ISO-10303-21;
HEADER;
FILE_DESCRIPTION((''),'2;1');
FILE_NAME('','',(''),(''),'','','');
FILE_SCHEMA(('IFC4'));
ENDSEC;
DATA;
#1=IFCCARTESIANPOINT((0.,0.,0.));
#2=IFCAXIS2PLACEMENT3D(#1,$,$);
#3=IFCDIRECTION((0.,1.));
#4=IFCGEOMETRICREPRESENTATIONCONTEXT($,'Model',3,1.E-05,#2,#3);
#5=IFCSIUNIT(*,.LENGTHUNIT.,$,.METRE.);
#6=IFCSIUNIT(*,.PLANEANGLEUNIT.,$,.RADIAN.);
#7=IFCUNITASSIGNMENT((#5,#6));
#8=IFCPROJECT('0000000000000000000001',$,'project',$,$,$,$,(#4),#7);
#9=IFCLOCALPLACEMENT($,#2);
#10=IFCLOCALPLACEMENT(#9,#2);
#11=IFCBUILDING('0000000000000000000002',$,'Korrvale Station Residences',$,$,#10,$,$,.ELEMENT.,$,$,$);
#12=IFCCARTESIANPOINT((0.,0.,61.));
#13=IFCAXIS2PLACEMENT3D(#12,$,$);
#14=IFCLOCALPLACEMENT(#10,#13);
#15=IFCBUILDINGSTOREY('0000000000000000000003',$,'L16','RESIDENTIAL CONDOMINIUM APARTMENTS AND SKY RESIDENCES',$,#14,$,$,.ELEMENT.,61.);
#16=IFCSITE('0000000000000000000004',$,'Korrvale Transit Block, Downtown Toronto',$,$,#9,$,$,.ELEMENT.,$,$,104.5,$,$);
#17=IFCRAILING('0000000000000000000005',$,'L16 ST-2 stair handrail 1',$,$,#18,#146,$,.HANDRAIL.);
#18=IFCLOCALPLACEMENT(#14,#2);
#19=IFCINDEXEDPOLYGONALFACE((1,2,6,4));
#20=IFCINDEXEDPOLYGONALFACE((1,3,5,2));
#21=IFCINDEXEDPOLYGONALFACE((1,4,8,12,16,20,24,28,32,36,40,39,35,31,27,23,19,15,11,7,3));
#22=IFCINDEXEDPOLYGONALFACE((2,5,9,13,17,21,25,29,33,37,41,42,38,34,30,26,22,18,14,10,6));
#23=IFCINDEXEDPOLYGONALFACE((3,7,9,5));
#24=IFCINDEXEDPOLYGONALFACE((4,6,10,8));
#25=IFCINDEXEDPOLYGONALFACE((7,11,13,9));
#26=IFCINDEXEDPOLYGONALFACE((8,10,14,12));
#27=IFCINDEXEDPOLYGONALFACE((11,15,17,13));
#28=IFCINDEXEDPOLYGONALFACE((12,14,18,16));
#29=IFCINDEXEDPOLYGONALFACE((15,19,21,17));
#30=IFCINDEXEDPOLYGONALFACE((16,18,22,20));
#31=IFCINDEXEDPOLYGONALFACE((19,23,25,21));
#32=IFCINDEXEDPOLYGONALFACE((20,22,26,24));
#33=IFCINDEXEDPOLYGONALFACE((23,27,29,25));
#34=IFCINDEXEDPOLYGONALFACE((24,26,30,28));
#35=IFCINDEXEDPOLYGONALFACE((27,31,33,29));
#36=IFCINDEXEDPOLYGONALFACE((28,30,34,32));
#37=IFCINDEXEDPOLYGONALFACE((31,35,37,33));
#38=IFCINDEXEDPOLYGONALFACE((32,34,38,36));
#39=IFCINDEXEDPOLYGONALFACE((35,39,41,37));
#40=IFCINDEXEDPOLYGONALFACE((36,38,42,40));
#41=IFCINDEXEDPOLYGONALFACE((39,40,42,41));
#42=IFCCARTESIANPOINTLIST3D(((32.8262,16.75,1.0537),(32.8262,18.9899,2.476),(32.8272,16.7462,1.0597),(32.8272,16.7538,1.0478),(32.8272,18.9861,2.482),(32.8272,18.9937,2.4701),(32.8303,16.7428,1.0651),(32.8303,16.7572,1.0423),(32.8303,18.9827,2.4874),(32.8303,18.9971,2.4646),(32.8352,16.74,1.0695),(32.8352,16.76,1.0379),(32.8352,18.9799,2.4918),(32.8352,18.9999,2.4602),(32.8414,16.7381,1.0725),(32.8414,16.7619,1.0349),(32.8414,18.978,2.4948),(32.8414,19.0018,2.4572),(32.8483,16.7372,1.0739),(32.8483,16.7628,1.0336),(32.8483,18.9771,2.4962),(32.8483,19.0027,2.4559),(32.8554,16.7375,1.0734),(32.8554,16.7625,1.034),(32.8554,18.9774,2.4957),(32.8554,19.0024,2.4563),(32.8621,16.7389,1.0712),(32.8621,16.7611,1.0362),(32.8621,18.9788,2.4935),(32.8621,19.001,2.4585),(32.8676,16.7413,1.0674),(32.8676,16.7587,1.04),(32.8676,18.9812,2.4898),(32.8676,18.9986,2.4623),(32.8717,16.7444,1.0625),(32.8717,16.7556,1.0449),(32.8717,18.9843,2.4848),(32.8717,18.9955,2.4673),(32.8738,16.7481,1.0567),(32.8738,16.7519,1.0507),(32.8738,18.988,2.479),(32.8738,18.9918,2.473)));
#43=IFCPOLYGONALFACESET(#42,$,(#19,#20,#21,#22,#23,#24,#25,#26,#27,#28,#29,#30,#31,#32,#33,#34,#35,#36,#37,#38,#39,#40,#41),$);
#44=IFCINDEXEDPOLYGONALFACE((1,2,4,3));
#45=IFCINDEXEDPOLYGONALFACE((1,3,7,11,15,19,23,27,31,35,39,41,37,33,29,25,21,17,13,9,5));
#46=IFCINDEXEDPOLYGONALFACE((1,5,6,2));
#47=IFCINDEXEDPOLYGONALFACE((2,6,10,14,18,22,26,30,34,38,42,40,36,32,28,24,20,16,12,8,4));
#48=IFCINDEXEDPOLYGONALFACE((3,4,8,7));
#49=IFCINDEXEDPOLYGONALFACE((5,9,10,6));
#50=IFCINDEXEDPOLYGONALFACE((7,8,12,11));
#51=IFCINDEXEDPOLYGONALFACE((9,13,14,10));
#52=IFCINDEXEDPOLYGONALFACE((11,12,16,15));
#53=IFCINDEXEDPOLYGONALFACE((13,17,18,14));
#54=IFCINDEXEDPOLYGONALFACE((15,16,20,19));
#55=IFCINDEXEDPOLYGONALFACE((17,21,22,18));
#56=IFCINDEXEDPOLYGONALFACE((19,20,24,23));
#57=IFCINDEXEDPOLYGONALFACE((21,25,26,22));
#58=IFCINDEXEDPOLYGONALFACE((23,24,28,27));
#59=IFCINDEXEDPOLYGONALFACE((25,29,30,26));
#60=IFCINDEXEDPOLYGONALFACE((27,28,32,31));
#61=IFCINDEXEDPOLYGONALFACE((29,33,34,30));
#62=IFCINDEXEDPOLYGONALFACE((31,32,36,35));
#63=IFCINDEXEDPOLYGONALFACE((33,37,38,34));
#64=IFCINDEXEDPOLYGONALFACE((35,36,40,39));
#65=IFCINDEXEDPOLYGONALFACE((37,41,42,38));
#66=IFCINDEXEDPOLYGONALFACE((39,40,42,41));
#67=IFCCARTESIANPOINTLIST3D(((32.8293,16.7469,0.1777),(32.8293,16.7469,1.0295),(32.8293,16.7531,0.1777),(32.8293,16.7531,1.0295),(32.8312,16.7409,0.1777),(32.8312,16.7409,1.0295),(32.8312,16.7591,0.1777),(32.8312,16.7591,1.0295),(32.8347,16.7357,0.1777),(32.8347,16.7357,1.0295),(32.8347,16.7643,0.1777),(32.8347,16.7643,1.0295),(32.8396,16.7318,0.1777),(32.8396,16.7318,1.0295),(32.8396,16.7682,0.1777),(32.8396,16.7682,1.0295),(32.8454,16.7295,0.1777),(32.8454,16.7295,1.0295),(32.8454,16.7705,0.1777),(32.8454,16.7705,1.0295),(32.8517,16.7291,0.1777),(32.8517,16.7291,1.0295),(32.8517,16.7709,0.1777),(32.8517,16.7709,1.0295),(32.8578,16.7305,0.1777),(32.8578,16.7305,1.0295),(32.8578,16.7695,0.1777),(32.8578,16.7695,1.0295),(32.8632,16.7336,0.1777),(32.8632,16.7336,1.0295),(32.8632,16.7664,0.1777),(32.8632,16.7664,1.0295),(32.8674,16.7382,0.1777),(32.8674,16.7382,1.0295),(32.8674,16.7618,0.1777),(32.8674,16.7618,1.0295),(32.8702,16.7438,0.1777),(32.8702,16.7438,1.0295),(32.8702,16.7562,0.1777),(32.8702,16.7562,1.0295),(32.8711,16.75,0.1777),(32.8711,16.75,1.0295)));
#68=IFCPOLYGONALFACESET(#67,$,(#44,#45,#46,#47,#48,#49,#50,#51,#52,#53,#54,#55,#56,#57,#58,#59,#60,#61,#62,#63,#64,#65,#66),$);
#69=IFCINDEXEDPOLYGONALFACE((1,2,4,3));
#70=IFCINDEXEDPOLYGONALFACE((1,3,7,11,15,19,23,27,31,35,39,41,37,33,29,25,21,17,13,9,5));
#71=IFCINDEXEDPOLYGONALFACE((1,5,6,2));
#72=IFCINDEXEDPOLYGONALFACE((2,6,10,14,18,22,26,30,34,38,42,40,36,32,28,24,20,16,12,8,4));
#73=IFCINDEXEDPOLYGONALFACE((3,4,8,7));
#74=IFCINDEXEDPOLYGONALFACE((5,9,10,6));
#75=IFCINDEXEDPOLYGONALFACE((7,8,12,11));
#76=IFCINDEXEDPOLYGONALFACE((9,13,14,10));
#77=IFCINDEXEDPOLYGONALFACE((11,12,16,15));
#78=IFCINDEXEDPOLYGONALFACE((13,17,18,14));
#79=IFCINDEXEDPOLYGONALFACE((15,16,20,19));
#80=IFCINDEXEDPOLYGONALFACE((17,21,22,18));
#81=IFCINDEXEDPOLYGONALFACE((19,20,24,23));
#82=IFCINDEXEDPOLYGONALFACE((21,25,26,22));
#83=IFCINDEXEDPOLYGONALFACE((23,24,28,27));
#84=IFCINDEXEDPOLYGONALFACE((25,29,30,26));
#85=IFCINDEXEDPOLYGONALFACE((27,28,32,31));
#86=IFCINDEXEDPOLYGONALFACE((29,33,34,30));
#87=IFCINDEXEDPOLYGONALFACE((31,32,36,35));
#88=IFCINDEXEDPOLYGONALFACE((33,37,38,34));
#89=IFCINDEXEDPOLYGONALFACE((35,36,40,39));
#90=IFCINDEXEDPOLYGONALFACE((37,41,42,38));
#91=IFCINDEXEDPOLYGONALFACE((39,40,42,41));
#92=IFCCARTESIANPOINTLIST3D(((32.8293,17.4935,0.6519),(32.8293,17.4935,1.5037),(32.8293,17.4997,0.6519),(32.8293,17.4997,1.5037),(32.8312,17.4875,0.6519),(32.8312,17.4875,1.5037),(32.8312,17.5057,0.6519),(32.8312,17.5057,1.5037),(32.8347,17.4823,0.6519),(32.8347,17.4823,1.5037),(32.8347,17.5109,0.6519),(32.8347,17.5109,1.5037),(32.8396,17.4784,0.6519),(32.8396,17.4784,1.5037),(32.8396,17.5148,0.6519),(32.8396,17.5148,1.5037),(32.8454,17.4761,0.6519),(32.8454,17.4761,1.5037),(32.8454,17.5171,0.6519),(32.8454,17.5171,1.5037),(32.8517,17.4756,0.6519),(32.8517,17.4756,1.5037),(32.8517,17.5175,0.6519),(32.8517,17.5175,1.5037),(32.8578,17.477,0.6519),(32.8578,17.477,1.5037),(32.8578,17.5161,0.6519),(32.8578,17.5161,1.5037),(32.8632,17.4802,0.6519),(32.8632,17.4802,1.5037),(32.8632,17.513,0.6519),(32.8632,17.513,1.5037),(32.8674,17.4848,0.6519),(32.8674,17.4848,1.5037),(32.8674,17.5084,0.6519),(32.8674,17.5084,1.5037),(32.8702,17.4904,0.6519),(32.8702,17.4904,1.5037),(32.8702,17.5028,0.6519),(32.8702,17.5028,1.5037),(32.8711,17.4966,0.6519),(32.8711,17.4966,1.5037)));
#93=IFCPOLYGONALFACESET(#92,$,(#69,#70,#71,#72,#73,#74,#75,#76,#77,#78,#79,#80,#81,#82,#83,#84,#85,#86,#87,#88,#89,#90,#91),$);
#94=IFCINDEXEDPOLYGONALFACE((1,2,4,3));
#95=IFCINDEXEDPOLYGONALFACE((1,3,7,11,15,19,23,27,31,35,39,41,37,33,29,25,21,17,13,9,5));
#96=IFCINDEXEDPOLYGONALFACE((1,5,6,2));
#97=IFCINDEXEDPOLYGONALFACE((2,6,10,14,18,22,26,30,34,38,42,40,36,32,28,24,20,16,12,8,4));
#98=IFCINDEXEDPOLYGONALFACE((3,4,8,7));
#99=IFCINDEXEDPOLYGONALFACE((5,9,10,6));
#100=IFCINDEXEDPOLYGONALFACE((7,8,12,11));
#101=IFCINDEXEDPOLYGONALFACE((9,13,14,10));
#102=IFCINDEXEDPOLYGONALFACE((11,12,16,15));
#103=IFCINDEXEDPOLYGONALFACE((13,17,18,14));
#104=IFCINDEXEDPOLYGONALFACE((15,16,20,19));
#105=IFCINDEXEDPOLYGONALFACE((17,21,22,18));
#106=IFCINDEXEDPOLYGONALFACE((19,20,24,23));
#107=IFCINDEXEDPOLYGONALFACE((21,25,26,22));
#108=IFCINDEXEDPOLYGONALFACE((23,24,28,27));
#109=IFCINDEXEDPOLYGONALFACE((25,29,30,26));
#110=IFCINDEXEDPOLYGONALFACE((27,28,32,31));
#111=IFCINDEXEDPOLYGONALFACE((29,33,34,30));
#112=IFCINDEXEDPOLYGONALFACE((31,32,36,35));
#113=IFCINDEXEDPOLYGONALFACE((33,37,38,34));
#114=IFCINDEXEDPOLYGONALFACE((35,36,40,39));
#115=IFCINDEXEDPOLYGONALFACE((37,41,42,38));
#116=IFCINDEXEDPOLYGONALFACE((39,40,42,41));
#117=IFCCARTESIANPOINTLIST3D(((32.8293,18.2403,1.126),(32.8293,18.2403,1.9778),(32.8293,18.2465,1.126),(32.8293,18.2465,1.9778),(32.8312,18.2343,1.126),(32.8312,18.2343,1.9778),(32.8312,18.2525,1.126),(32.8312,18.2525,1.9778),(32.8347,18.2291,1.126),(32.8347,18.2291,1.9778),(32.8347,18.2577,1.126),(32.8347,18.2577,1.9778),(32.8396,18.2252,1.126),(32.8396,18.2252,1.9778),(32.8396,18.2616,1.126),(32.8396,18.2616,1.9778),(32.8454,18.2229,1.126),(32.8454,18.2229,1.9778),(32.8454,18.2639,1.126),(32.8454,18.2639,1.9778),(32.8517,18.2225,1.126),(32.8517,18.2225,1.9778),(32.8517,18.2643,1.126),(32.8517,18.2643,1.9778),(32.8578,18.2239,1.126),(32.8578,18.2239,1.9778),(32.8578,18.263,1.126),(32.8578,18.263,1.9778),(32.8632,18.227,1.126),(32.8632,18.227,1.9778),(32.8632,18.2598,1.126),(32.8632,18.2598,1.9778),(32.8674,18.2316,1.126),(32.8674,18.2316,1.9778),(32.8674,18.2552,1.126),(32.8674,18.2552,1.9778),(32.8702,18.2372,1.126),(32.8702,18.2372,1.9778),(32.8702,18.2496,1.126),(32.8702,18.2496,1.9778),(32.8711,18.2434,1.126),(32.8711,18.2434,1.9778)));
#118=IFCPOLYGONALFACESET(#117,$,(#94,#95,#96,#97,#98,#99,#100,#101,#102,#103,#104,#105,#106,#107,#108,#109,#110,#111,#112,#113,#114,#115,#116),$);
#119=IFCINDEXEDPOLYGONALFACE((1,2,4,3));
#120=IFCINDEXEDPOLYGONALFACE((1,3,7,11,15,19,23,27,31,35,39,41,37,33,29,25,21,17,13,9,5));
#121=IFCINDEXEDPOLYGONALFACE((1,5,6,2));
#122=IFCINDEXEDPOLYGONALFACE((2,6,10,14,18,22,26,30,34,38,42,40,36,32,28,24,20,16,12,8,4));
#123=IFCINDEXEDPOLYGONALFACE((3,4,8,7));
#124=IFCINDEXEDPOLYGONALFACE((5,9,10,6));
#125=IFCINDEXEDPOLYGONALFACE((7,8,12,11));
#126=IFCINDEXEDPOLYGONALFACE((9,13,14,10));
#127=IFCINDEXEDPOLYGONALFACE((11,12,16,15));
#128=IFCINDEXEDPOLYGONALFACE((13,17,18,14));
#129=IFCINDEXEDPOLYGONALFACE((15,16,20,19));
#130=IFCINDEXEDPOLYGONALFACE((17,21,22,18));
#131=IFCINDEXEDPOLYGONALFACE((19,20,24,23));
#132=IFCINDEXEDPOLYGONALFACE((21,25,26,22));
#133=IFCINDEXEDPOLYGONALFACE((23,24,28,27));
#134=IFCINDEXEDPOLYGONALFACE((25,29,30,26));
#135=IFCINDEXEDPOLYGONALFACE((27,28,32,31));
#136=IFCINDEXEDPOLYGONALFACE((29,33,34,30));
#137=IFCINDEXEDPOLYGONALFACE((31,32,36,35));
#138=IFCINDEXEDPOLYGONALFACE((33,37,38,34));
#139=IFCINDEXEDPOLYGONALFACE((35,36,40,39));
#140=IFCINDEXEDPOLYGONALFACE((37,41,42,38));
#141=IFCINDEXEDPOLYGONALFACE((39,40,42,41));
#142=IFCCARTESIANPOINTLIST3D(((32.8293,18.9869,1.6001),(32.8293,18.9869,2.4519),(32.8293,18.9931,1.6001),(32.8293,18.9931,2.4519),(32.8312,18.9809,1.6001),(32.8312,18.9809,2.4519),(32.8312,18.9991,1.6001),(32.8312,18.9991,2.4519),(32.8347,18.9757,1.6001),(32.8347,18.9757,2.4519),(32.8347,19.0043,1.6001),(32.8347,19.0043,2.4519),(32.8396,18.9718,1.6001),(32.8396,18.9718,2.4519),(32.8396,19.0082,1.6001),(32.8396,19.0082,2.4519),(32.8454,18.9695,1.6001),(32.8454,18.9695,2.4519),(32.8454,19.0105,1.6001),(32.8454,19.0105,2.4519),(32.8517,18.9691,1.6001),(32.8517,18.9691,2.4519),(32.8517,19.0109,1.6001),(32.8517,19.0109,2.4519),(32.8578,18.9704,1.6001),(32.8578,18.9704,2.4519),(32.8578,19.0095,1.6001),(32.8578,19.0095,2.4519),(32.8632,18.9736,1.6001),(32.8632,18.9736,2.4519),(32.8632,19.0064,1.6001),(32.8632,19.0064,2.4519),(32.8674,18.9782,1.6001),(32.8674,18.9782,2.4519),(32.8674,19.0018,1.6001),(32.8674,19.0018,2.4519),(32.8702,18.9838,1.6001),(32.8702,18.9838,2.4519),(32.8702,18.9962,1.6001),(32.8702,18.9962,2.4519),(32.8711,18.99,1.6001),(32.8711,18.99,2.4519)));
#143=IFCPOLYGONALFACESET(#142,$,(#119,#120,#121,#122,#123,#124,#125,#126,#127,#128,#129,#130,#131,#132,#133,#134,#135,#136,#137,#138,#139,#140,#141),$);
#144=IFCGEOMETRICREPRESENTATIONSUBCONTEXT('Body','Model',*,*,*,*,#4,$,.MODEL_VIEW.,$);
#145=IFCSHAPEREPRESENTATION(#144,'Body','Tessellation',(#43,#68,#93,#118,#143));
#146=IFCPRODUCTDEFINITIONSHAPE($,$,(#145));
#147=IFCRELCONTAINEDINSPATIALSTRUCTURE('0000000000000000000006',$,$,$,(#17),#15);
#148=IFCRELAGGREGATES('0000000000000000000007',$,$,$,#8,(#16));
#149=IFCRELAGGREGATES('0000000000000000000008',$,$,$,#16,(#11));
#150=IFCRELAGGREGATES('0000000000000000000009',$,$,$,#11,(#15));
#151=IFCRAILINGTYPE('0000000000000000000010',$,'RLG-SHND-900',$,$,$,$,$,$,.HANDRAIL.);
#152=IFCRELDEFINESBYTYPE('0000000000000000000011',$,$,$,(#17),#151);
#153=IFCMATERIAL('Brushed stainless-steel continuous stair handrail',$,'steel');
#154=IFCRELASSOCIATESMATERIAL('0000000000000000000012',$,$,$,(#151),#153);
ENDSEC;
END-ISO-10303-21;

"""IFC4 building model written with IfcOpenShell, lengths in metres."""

from ifc_helpers import new_model, si_unit, direction, frame, origin, origin_2d, place, context, subcontext, project, spatial, circle, extrude, material, type_object, element, save


model = new_model("IFC4")

# Units and contexts
model_context = context("Model", 3, precision=1e-05, world=origin(), true_north=direction((0.0, 1.0)))
body_context = subcontext(model_context, "Body", "Model", "MODEL_VIEW")
ifc_project = project(units=[si_unit("LENGTHUNIT", "METRE"), si_unit("PLANEANGLEUNIT", "RADIAN")], contexts=[model_context])

# Site, building, storey
site_placement = place(None, origin())
site = spatial("IfcSite", under=ifc_project, at=site_placement, Name="Korrvale Transit Block, Downtown Toronto", CompositionType="ELEMENT", RefElevation=104.5)
building_placement = place(site_placement, origin())
building = spatial("IfcBuilding", under=site, at=building_placement, Name="Korrvale Station Residences", CompositionType="ELEMENT")
storey_placement = place(building_placement, frame((0.0, 0.0, 61.0)))
storey = spatial("IfcBuildingStorey", under=building, at=storey_placement, Name="L16", Description="RESIDENTIAL CONDOMINIUM APARTMENTS AND SKY RESIDENCES", CompositionType="ELEMENT", Elevation=61.0)

# Railing
ifc_material_1 = material(Name="Brushed stainless-steel continuous stair handrail", Category="steel")
railing_type_1 = type_object("IfcRailingType", Name="RLG-SHND-900", PredefinedType="HANDRAIL", material=ifc_material_1)
railing_1_placement = place(storey_placement, frame((32.8501, 16.75, 0.1777)))
element("IfcRailing", 1, at=railing_1_placement, inside=storey, type_object=railing_type_1, Name="L16 ST-2 stair handrail 1", PredefinedType="HANDRAIL", context=body_context, shape_type="SweptSolid", body=[
    extrude(circle(Radius=0.0239, at=origin_2d()), frame((0.0, 0.0, 0.876), z_axis=(0.0, 0.844188, 0.536048), x_axis=(-1.0, 0.0, 0.0)), (0.0, 0.0, 1.0), 2.6533),
    extrude(circle(Radius=0.021, at=origin_2d()), origin(), (0.0, 0.0, 1.0), 0.8518),
    extrude(circle(Radius=0.021, at=origin_2d()), frame((0.0, 0.7466, 0.4741)), (0.0, 0.0, 1.0), 0.8518),
    extrude(circle(Radius=0.021, at=origin_2d()), frame((0.0, 1.4934, 0.9482)), (0.0, 0.0, 1.0), 0.8518),
    extrude(circle(Radius=0.021, at=origin_2d()), frame((0.0, 2.24, 1.4224)), (0.0, 0.0, 1.0), 0.8518),
])

save(model, "model.ifc")
